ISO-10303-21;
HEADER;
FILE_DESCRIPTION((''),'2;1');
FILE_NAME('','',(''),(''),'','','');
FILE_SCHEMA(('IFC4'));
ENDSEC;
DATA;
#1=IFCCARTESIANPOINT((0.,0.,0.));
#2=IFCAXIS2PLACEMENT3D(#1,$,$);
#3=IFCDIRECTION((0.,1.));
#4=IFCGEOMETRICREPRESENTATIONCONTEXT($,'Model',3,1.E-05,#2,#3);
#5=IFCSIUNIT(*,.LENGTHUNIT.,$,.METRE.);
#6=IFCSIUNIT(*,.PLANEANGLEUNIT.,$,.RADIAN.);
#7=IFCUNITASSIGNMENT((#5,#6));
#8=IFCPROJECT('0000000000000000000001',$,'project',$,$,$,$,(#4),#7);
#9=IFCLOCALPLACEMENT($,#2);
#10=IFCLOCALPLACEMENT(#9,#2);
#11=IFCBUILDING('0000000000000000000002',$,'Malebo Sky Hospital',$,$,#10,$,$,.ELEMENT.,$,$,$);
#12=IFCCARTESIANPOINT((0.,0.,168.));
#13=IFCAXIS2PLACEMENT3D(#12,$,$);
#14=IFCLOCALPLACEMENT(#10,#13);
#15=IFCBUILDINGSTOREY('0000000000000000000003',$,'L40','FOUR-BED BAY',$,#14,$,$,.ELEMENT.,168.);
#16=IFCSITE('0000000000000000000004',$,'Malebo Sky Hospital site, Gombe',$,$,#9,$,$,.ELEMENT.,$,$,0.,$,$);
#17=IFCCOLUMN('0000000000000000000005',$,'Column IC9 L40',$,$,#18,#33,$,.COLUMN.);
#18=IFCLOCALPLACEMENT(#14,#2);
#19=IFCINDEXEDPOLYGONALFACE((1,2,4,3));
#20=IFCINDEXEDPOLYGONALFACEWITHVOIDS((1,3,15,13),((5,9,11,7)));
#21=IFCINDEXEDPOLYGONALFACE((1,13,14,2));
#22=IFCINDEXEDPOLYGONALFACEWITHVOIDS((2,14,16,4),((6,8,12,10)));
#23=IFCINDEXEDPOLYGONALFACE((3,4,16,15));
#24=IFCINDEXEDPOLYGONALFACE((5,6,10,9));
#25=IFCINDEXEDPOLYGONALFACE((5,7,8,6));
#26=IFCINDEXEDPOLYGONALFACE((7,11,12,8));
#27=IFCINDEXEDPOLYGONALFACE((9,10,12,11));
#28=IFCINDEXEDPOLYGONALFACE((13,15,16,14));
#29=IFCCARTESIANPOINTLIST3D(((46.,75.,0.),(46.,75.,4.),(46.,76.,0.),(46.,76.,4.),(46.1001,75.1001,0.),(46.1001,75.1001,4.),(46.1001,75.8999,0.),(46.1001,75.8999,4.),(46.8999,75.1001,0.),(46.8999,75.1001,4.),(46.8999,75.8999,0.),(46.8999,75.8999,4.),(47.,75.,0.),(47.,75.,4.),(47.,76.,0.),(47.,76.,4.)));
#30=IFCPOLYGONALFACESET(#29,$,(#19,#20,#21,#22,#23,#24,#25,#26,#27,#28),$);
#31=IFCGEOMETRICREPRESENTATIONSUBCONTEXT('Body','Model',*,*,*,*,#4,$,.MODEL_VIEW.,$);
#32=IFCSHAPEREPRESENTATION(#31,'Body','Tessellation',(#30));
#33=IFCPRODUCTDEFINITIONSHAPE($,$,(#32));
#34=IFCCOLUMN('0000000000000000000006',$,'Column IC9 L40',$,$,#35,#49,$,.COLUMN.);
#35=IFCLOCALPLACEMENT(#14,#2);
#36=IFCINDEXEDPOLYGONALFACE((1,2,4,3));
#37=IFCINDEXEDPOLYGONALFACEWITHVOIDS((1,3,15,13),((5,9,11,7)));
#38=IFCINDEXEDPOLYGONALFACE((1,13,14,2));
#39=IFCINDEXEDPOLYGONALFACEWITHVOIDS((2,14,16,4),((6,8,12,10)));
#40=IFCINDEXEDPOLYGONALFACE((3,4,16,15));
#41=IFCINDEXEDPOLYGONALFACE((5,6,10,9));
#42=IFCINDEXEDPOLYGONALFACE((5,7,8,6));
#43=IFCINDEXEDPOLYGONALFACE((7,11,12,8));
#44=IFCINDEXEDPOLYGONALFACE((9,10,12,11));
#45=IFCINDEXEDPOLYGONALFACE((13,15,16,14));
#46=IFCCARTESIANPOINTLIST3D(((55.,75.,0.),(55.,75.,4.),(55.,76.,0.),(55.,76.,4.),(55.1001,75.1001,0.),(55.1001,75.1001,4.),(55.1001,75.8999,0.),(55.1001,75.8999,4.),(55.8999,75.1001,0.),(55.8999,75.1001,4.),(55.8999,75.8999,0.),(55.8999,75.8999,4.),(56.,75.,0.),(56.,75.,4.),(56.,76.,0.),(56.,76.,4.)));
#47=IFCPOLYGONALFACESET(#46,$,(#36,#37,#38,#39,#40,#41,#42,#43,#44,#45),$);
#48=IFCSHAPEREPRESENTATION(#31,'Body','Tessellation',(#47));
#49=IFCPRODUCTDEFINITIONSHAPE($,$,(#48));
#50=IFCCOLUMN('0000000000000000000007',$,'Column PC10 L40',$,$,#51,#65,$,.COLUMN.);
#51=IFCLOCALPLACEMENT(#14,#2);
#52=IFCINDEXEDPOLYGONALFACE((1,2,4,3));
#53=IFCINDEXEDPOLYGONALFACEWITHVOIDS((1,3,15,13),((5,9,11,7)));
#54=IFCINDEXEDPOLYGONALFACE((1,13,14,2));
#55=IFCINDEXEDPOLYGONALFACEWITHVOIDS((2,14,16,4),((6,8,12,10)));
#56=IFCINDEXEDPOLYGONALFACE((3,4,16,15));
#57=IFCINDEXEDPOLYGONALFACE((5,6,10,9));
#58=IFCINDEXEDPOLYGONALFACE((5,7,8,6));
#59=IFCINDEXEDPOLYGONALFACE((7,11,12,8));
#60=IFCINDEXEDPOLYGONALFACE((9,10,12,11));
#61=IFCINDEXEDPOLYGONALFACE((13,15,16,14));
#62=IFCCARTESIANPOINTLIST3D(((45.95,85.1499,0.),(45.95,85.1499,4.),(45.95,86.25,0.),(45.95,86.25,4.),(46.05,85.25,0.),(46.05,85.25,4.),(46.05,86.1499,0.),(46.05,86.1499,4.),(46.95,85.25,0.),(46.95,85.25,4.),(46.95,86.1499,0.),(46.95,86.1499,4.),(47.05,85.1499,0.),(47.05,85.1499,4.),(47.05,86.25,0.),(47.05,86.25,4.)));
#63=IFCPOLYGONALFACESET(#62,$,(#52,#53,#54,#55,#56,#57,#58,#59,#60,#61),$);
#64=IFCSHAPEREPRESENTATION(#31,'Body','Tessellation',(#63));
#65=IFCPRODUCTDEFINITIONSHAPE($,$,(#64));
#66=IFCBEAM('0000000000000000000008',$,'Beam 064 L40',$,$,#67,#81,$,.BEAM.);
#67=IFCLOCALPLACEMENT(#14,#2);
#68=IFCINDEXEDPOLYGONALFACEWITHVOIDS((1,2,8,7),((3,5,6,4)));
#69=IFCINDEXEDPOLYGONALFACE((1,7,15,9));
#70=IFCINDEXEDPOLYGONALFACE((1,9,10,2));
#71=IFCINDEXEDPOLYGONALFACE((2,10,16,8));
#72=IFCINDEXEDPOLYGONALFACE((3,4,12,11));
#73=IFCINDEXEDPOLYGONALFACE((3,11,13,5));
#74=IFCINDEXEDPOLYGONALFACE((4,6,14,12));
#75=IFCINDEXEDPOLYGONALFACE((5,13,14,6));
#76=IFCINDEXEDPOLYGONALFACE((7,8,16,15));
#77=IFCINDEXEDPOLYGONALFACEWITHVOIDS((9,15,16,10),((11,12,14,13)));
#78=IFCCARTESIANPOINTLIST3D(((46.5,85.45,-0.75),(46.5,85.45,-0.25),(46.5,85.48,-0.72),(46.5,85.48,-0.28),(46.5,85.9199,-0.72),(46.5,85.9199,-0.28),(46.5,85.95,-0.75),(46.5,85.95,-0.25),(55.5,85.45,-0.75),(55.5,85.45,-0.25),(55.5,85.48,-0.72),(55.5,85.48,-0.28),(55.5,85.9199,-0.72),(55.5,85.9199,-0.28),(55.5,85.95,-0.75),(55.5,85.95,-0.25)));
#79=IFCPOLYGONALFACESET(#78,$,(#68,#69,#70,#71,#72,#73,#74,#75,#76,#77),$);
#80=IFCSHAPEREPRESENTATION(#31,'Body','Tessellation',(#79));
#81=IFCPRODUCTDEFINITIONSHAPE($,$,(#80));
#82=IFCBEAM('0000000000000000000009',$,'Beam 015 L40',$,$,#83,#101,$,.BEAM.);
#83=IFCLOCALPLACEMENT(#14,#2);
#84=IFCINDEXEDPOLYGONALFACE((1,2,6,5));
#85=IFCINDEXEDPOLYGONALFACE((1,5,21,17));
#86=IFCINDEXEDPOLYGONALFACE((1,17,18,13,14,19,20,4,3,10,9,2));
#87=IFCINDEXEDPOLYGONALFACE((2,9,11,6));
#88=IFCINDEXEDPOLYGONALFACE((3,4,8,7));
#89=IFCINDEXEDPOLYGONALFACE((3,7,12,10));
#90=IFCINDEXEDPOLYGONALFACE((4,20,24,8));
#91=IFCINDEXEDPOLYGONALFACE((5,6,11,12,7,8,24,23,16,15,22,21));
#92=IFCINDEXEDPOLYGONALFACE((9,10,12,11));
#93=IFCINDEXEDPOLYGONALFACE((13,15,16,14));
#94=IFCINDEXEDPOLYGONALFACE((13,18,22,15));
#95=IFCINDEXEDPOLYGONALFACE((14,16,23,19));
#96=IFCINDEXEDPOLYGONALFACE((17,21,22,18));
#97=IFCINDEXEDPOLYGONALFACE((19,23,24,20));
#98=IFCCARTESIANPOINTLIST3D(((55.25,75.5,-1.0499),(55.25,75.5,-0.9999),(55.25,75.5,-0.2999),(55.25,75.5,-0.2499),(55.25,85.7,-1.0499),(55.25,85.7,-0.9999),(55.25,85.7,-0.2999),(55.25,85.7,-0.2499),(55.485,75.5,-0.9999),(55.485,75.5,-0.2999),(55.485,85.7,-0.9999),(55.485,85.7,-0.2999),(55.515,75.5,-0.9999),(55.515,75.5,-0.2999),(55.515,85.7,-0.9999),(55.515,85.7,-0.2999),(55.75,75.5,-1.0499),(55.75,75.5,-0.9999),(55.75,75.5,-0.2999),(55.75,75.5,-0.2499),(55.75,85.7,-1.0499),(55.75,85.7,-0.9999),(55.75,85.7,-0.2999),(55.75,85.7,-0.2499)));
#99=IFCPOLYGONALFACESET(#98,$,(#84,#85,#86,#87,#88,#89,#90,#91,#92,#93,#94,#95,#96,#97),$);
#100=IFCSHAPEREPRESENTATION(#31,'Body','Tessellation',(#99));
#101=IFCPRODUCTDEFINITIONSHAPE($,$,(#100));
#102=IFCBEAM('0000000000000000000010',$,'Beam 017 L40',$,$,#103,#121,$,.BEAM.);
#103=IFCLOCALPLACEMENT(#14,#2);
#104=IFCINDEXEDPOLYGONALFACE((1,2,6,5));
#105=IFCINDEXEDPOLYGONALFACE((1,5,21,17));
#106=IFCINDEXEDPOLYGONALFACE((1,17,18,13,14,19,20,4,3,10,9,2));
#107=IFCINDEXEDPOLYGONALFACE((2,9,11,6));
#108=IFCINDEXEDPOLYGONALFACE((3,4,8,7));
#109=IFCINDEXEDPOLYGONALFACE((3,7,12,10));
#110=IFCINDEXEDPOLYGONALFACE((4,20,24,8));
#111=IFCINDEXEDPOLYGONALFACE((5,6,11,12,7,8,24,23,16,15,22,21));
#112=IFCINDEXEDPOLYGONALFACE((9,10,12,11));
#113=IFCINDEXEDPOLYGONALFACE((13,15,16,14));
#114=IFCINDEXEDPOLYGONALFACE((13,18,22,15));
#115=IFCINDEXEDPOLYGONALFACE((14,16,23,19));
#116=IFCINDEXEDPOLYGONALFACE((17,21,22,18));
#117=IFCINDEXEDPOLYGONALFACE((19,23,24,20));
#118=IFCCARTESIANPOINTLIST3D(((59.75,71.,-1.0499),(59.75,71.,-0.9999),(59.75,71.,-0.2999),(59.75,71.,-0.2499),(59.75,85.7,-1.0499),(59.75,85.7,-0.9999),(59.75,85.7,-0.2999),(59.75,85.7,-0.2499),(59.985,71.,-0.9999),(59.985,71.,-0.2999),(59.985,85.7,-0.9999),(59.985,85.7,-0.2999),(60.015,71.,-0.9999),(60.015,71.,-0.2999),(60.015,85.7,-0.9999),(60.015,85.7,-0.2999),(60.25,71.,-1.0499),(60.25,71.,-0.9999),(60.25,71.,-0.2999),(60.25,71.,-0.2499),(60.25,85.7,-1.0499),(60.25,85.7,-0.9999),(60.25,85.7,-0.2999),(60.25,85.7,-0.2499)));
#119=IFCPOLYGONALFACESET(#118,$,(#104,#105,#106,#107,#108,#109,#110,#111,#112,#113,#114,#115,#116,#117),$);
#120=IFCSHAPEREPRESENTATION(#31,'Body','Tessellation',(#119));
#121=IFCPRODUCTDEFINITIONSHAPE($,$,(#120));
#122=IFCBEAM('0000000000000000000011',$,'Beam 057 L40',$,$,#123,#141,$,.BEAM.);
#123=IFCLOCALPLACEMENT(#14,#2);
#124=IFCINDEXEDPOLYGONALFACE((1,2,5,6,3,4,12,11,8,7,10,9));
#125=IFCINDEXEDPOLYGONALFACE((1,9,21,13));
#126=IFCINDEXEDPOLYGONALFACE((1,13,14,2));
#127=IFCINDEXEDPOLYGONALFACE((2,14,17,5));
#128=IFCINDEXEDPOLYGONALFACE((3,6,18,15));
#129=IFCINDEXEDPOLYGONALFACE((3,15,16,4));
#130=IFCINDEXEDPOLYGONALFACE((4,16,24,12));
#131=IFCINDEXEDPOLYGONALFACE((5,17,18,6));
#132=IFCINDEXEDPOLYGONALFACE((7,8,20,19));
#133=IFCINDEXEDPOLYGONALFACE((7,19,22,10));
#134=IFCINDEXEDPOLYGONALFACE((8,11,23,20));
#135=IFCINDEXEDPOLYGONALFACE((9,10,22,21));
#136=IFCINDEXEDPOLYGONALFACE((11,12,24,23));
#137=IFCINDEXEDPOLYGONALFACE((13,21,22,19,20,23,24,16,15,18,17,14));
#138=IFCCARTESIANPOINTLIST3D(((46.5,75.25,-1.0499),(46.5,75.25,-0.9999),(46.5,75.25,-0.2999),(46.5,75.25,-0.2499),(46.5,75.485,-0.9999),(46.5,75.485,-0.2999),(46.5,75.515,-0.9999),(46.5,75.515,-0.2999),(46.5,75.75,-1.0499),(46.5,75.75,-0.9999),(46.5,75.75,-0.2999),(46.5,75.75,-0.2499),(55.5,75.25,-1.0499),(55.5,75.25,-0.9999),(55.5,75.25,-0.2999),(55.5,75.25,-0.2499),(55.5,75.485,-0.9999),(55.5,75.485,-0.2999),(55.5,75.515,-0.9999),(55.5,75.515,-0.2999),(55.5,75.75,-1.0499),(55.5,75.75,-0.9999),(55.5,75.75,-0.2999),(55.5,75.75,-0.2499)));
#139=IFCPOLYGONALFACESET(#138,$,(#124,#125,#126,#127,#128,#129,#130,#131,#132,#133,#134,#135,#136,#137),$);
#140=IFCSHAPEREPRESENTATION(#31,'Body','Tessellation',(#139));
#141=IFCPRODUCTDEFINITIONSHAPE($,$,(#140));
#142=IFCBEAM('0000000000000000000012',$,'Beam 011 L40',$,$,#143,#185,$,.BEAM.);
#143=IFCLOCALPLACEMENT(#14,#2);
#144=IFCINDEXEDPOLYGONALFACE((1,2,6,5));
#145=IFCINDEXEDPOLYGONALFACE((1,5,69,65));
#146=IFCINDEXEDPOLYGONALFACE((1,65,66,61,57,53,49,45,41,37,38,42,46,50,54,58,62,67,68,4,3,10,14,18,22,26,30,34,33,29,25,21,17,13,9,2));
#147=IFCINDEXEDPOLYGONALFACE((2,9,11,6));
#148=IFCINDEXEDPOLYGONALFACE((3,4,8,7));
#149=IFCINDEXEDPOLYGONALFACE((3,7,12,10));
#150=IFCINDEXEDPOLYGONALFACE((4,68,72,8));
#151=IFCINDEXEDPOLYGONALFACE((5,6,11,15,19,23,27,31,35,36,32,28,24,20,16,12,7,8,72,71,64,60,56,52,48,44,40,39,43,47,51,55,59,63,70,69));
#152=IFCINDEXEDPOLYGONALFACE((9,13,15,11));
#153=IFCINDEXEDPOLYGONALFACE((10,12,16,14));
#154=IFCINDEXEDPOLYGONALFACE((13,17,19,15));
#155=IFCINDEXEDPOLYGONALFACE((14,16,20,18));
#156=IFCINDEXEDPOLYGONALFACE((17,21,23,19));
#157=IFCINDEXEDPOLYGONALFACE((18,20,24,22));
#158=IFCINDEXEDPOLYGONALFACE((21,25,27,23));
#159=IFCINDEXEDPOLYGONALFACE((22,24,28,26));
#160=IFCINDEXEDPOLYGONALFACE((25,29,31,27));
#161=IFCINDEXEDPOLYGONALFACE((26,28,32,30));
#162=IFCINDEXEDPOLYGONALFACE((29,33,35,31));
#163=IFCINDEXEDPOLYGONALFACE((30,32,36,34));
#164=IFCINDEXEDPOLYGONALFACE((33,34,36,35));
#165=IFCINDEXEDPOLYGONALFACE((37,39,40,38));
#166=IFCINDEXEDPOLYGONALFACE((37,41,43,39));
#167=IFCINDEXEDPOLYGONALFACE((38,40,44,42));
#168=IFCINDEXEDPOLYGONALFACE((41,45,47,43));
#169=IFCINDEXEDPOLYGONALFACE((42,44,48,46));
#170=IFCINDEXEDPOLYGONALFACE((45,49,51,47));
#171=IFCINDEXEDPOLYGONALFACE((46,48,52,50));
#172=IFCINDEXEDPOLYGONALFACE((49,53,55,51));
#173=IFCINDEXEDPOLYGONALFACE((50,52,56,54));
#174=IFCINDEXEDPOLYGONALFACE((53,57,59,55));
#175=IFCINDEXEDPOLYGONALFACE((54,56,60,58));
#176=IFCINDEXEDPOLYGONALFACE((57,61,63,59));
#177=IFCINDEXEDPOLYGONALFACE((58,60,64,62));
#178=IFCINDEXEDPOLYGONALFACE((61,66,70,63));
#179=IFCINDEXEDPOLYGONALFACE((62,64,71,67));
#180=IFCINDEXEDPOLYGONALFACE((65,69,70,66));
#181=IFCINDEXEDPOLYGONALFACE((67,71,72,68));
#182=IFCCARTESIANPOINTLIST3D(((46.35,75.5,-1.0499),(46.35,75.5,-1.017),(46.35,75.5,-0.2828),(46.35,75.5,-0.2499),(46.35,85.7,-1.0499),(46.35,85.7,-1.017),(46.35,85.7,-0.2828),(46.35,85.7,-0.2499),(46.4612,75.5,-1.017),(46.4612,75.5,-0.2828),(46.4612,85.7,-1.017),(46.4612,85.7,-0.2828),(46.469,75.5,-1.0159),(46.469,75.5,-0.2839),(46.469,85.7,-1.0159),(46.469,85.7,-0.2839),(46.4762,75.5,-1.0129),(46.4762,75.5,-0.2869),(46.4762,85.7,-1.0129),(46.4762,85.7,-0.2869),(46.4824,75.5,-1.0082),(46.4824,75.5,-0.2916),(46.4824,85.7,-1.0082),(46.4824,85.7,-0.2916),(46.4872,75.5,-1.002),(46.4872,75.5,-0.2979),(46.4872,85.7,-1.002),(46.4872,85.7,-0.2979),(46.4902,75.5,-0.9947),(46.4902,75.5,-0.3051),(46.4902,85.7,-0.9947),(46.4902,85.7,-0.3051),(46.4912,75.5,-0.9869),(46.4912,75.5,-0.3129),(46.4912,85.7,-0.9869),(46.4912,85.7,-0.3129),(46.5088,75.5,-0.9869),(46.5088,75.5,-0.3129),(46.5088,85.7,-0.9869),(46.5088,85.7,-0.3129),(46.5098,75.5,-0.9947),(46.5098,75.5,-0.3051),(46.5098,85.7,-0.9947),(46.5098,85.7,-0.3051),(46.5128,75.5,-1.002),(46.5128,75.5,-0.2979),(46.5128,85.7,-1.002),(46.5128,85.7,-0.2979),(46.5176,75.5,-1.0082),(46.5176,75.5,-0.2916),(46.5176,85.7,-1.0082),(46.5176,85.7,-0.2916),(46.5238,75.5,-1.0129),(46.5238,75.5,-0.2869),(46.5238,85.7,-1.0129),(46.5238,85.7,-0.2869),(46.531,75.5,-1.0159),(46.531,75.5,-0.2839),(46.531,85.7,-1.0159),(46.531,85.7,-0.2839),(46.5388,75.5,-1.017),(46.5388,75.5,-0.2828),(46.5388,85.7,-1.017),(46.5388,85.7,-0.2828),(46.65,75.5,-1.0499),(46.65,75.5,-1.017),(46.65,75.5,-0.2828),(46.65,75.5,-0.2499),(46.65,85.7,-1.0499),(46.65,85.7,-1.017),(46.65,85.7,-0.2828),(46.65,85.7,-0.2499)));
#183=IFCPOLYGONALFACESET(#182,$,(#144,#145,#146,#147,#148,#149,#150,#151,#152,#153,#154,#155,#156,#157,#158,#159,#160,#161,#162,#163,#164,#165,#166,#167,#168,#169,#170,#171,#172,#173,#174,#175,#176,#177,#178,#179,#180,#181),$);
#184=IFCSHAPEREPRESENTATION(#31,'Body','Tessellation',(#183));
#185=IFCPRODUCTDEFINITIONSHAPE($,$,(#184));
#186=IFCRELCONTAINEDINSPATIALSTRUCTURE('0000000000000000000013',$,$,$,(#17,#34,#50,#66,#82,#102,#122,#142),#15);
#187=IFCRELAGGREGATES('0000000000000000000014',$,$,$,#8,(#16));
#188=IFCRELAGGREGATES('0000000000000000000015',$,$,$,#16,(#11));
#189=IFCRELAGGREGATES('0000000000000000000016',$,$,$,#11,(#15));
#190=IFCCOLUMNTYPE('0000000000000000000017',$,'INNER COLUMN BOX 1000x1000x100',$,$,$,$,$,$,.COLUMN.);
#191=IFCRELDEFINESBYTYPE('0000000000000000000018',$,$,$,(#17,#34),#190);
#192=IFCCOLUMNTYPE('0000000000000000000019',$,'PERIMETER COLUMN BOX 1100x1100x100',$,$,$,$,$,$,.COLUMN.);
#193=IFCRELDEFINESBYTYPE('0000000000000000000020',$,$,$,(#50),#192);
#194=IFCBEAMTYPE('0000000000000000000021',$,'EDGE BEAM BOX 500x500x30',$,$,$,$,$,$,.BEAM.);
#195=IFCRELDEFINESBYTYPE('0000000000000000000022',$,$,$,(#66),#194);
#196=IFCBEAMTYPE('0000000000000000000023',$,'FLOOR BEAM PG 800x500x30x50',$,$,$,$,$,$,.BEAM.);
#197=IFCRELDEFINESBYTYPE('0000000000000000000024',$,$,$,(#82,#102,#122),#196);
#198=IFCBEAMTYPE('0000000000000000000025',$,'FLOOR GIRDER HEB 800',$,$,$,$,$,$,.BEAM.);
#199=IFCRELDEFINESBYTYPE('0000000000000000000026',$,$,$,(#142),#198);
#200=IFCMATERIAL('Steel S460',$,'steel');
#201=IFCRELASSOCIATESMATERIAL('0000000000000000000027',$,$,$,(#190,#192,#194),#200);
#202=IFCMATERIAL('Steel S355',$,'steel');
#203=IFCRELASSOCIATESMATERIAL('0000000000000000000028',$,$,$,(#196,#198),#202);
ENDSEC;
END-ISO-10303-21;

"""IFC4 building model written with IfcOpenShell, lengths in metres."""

from ifc_helpers import new_model, si_unit, direction, frame, origin, origin_2d, place, context, subcontext, project, spatial, hollow_rectangle, i_section, extrude, material, material_profile, profile_set, type_object, element, save


model = new_model("IFC4")

# Units and contexts
model_context = context("Model", 3, precision=1e-05, world=origin(), true_north=direction((0.0, 1.0)))
body_context = subcontext(model_context, "Body", "Model", "MODEL_VIEW")
ifc_project = project(units=[si_unit("LENGTHUNIT", "METRE"), si_unit("PLANEANGLEUNIT", "RADIAN")], contexts=[model_context])

# Site, building, storey
site_placement = place(None, origin())
site = spatial("IfcSite", under=ifc_project, at=site_placement, Name="Malebo Sky Hospital site, Gombe", CompositionType="ELEMENT", RefElevation=0.0)
building_placement = place(site_placement, origin())
building = spatial("IfcBuilding", under=site, at=building_placement, Name="Malebo Sky Hospital", CompositionType="ELEMENT")
storey_placement = place(building_placement, frame((0.0, 0.0, 168.0)))
storey = spatial("IfcBuildingStorey", under=building, at=storey_placement, Name="L40", Description="FOUR-BED BAY", CompositionType="ELEMENT", Elevation=168.0)

# Columns
ifc_material_1 = material(Name="Steel S460", Category="steel")
ifc_material_profile_1 = material_profile(ifc_material_1, hollow_rectangle(XDim=1.0, YDim=1.0, WallThickness=0.1001, at=origin_2d()), Name="BOX 1000x1000x100")
ifc_profile_set_1 = profile_set([ifc_material_profile_1], Name="Steel S460")
column_type_1 = type_object("IfcColumnType", Name="INNER COLUMN BOX 1000x1000x100", PredefinedType="COLUMN", material=ifc_profile_set_1)
for number, where, z_axis, x_axis, name in (
    (1, (46.5, 75.5, 0.0), (0.0, 0.0, 1.0), (1.0, 0.0, 0.0), "Column IC9 L40"),
    (2, (55.5, 75.5, 0.0), (0.0, 0.0, 1.0), (1.0, 0.0, 0.0), "Column IC9 L40"),
):
    element("IfcColumn", number, at=place(storey_placement, frame(where, z_axis=z_axis, x_axis=x_axis)), inside=storey, type_object=column_type_1, Name=name, PredefinedType="COLUMN", context=body_context, shape_type="SweptSolid", body=[
        extrude(hollow_rectangle(XDim=1.0, YDim=1.0, WallThickness=0.1001, at=origin_2d()), origin(), (0.0, 0.0, 1.0), 4.0),
    ])
ifc_material_profile_2 = material_profile(ifc_material_1, hollow_rectangle(XDim=1.1001, YDim=1.1001, WallThickness=0.1001, at=origin_2d()), Name="BOX 1100x1100x100")
ifc_profile_set_2 = profile_set([ifc_material_profile_2], Name="Steel S460")
column_type_2 = type_object("IfcColumnType", Name="PERIMETER COLUMN BOX 1100x1100x100", PredefinedType="COLUMN", material=ifc_profile_set_2)
column_placement = place(storey_placement, frame((46.5, 85.7, 0.0), z_axis=(0.0, 0.0, 1.0), x_axis=(1.0, 0.0, 0.0)))
element("IfcColumn", 3, at=column_placement, inside=storey, type_object=column_type_2, Name="Column PC10 L40", PredefinedType="COLUMN", context=body_context, shape_type="SweptSolid", body=[
    extrude(hollow_rectangle(XDim=1.1001, YDim=1.1001, WallThickness=0.1001, at=origin_2d()), origin(), (0.0, 0.0, 1.0), 4.0),
])

# Beams
ifc_material_profile_3 = material_profile(ifc_material_1, hollow_rectangle(XDim=0.5, YDim=0.5, WallThickness=0.03, at=origin_2d()), Name="BOX 500x500x30")
ifc_profile_set_3 = profile_set([ifc_material_profile_3], Name="Steel S460")
beam_type_1 = type_object("IfcBeamType", Name="EDGE BEAM BOX 500x500x30", PredefinedType="BEAM", material=ifc_profile_set_3)
beam_1_placement = place(storey_placement, frame((46.5, 85.7, -0.5), z_axis=(1.0, 0.0, 0.0), x_axis=(0.0, 1.0, 0.0)))
element("IfcBeam", 4, at=beam_1_placement, inside=storey, type_object=beam_type_1, Name="Beam 064 L40", PredefinedType="BEAM", context=body_context, shape_type="SweptSolid", body=[
    extrude(hollow_rectangle(XDim=0.5, YDim=0.5, WallThickness=0.03, at=origin_2d()), origin(), (0.0, 0.0, 1.0), 9.0),
])
ifc_material_2 = material(Name="Steel S355", Category="steel")
ifc_material_profile_4 = material_profile(ifc_material_2, i_section(OverallWidth=0.5, OverallDepth=0.8, WebThickness=0.03, FlangeThickness=0.05, at=origin_2d()), Name="PG 800x500x30x50")
ifc_profile_set_4 = profile_set([ifc_material_profile_4], Name="Steel S355")
beam_type_2 = type_object("IfcBeamType", Name="FLOOR BEAM PG 800x500x30x50", PredefinedType="BEAM", material=ifc_profile_set_4)
beam_2_placement = place(storey_placement, frame((55.5, 75.5, -0.6499), z_axis=(0.0, 1.0, 0.0), x_axis=(-1.0, 0.0, 0.0)))
element("IfcBeam", 5, at=beam_2_placement, inside=storey, type_object=beam_type_2, Name="Beam 015 L40", PredefinedType="BEAM", context=body_context, shape_type="SweptSolid", body=[
    extrude(i_section(OverallWidth=0.5, OverallDepth=0.8, WebThickness=0.03, FlangeThickness=0.05, at=origin_2d()), origin(), (0.0, 0.0, 1.0), 10.2),
])
beam_3_placement = place(storey_placement, frame((60.0, 71.0, -0.6499), z_axis=(0.0, 1.0, 0.0), x_axis=(-1.0, 0.0, 0.0)))
element("IfcBeam", 6, at=beam_3_placement, inside=storey, type_object=beam_type_2, Name="Beam 017 L40", PredefinedType="BEAM", context=body_context, shape_type="SweptSolid", body=[
    extrude(i_section(OverallWidth=0.5, OverallDepth=0.8, WebThickness=0.03, FlangeThickness=0.05, at=origin_2d()), origin(), (0.0, 0.0, 1.0), 14.7),
])
beam_4_placement = place(storey_placement, frame((46.5, 75.5, -0.6499), z_axis=(1.0, 0.0, 0.0), x_axis=(0.0, 1.0, 0.0)))
element("IfcBeam", 7, at=beam_4_placement, inside=storey, type_object=beam_type_2, Name="Beam 057 L40", PredefinedType="BEAM", context=body_context, shape_type="SweptSolid", body=[
    extrude(i_section(OverallWidth=0.5, OverallDepth=0.8, WebThickness=0.03, FlangeThickness=0.05, at=origin_2d()), origin(), (0.0, 0.0, 1.0), 9.0),
])
ifc_material_profile_5 = material_profile(ifc_material_2, i_section(OverallWidth=0.3, OverallDepth=0.8, WebThickness=0.0176, FlangeThickness=0.033, FilletRadius=0.03, at=origin_2d()), Name="HEB 800")
ifc_profile_set_5 = profile_set([ifc_material_profile_5], Name="Steel S355")
beam_type_3 = type_object("IfcBeamType", Name="FLOOR GIRDER HEB 800", PredefinedType="BEAM", material=ifc_profile_set_5)
beam_5_placement = place(storey_placement, frame((46.5, 75.5, -0.6499), z_axis=(0.0, 1.0, 0.0), x_axis=(-1.0, 0.0, 0.0)))
element("IfcBeam", 8, at=beam_5_placement, inside=storey, type_object=beam_type_3, Name="Beam 011 L40", PredefinedType="BEAM", context=body_context, shape_type="SweptSolid", body=[
    extrude(i_section(OverallWidth=0.3, OverallDepth=0.8, WebThickness=0.0176, FlangeThickness=0.033, FilletRadius=0.03, at=origin_2d()), origin(), (0.0, 0.0, 1.0), 10.2),
])

save(model, "model.ifc")
